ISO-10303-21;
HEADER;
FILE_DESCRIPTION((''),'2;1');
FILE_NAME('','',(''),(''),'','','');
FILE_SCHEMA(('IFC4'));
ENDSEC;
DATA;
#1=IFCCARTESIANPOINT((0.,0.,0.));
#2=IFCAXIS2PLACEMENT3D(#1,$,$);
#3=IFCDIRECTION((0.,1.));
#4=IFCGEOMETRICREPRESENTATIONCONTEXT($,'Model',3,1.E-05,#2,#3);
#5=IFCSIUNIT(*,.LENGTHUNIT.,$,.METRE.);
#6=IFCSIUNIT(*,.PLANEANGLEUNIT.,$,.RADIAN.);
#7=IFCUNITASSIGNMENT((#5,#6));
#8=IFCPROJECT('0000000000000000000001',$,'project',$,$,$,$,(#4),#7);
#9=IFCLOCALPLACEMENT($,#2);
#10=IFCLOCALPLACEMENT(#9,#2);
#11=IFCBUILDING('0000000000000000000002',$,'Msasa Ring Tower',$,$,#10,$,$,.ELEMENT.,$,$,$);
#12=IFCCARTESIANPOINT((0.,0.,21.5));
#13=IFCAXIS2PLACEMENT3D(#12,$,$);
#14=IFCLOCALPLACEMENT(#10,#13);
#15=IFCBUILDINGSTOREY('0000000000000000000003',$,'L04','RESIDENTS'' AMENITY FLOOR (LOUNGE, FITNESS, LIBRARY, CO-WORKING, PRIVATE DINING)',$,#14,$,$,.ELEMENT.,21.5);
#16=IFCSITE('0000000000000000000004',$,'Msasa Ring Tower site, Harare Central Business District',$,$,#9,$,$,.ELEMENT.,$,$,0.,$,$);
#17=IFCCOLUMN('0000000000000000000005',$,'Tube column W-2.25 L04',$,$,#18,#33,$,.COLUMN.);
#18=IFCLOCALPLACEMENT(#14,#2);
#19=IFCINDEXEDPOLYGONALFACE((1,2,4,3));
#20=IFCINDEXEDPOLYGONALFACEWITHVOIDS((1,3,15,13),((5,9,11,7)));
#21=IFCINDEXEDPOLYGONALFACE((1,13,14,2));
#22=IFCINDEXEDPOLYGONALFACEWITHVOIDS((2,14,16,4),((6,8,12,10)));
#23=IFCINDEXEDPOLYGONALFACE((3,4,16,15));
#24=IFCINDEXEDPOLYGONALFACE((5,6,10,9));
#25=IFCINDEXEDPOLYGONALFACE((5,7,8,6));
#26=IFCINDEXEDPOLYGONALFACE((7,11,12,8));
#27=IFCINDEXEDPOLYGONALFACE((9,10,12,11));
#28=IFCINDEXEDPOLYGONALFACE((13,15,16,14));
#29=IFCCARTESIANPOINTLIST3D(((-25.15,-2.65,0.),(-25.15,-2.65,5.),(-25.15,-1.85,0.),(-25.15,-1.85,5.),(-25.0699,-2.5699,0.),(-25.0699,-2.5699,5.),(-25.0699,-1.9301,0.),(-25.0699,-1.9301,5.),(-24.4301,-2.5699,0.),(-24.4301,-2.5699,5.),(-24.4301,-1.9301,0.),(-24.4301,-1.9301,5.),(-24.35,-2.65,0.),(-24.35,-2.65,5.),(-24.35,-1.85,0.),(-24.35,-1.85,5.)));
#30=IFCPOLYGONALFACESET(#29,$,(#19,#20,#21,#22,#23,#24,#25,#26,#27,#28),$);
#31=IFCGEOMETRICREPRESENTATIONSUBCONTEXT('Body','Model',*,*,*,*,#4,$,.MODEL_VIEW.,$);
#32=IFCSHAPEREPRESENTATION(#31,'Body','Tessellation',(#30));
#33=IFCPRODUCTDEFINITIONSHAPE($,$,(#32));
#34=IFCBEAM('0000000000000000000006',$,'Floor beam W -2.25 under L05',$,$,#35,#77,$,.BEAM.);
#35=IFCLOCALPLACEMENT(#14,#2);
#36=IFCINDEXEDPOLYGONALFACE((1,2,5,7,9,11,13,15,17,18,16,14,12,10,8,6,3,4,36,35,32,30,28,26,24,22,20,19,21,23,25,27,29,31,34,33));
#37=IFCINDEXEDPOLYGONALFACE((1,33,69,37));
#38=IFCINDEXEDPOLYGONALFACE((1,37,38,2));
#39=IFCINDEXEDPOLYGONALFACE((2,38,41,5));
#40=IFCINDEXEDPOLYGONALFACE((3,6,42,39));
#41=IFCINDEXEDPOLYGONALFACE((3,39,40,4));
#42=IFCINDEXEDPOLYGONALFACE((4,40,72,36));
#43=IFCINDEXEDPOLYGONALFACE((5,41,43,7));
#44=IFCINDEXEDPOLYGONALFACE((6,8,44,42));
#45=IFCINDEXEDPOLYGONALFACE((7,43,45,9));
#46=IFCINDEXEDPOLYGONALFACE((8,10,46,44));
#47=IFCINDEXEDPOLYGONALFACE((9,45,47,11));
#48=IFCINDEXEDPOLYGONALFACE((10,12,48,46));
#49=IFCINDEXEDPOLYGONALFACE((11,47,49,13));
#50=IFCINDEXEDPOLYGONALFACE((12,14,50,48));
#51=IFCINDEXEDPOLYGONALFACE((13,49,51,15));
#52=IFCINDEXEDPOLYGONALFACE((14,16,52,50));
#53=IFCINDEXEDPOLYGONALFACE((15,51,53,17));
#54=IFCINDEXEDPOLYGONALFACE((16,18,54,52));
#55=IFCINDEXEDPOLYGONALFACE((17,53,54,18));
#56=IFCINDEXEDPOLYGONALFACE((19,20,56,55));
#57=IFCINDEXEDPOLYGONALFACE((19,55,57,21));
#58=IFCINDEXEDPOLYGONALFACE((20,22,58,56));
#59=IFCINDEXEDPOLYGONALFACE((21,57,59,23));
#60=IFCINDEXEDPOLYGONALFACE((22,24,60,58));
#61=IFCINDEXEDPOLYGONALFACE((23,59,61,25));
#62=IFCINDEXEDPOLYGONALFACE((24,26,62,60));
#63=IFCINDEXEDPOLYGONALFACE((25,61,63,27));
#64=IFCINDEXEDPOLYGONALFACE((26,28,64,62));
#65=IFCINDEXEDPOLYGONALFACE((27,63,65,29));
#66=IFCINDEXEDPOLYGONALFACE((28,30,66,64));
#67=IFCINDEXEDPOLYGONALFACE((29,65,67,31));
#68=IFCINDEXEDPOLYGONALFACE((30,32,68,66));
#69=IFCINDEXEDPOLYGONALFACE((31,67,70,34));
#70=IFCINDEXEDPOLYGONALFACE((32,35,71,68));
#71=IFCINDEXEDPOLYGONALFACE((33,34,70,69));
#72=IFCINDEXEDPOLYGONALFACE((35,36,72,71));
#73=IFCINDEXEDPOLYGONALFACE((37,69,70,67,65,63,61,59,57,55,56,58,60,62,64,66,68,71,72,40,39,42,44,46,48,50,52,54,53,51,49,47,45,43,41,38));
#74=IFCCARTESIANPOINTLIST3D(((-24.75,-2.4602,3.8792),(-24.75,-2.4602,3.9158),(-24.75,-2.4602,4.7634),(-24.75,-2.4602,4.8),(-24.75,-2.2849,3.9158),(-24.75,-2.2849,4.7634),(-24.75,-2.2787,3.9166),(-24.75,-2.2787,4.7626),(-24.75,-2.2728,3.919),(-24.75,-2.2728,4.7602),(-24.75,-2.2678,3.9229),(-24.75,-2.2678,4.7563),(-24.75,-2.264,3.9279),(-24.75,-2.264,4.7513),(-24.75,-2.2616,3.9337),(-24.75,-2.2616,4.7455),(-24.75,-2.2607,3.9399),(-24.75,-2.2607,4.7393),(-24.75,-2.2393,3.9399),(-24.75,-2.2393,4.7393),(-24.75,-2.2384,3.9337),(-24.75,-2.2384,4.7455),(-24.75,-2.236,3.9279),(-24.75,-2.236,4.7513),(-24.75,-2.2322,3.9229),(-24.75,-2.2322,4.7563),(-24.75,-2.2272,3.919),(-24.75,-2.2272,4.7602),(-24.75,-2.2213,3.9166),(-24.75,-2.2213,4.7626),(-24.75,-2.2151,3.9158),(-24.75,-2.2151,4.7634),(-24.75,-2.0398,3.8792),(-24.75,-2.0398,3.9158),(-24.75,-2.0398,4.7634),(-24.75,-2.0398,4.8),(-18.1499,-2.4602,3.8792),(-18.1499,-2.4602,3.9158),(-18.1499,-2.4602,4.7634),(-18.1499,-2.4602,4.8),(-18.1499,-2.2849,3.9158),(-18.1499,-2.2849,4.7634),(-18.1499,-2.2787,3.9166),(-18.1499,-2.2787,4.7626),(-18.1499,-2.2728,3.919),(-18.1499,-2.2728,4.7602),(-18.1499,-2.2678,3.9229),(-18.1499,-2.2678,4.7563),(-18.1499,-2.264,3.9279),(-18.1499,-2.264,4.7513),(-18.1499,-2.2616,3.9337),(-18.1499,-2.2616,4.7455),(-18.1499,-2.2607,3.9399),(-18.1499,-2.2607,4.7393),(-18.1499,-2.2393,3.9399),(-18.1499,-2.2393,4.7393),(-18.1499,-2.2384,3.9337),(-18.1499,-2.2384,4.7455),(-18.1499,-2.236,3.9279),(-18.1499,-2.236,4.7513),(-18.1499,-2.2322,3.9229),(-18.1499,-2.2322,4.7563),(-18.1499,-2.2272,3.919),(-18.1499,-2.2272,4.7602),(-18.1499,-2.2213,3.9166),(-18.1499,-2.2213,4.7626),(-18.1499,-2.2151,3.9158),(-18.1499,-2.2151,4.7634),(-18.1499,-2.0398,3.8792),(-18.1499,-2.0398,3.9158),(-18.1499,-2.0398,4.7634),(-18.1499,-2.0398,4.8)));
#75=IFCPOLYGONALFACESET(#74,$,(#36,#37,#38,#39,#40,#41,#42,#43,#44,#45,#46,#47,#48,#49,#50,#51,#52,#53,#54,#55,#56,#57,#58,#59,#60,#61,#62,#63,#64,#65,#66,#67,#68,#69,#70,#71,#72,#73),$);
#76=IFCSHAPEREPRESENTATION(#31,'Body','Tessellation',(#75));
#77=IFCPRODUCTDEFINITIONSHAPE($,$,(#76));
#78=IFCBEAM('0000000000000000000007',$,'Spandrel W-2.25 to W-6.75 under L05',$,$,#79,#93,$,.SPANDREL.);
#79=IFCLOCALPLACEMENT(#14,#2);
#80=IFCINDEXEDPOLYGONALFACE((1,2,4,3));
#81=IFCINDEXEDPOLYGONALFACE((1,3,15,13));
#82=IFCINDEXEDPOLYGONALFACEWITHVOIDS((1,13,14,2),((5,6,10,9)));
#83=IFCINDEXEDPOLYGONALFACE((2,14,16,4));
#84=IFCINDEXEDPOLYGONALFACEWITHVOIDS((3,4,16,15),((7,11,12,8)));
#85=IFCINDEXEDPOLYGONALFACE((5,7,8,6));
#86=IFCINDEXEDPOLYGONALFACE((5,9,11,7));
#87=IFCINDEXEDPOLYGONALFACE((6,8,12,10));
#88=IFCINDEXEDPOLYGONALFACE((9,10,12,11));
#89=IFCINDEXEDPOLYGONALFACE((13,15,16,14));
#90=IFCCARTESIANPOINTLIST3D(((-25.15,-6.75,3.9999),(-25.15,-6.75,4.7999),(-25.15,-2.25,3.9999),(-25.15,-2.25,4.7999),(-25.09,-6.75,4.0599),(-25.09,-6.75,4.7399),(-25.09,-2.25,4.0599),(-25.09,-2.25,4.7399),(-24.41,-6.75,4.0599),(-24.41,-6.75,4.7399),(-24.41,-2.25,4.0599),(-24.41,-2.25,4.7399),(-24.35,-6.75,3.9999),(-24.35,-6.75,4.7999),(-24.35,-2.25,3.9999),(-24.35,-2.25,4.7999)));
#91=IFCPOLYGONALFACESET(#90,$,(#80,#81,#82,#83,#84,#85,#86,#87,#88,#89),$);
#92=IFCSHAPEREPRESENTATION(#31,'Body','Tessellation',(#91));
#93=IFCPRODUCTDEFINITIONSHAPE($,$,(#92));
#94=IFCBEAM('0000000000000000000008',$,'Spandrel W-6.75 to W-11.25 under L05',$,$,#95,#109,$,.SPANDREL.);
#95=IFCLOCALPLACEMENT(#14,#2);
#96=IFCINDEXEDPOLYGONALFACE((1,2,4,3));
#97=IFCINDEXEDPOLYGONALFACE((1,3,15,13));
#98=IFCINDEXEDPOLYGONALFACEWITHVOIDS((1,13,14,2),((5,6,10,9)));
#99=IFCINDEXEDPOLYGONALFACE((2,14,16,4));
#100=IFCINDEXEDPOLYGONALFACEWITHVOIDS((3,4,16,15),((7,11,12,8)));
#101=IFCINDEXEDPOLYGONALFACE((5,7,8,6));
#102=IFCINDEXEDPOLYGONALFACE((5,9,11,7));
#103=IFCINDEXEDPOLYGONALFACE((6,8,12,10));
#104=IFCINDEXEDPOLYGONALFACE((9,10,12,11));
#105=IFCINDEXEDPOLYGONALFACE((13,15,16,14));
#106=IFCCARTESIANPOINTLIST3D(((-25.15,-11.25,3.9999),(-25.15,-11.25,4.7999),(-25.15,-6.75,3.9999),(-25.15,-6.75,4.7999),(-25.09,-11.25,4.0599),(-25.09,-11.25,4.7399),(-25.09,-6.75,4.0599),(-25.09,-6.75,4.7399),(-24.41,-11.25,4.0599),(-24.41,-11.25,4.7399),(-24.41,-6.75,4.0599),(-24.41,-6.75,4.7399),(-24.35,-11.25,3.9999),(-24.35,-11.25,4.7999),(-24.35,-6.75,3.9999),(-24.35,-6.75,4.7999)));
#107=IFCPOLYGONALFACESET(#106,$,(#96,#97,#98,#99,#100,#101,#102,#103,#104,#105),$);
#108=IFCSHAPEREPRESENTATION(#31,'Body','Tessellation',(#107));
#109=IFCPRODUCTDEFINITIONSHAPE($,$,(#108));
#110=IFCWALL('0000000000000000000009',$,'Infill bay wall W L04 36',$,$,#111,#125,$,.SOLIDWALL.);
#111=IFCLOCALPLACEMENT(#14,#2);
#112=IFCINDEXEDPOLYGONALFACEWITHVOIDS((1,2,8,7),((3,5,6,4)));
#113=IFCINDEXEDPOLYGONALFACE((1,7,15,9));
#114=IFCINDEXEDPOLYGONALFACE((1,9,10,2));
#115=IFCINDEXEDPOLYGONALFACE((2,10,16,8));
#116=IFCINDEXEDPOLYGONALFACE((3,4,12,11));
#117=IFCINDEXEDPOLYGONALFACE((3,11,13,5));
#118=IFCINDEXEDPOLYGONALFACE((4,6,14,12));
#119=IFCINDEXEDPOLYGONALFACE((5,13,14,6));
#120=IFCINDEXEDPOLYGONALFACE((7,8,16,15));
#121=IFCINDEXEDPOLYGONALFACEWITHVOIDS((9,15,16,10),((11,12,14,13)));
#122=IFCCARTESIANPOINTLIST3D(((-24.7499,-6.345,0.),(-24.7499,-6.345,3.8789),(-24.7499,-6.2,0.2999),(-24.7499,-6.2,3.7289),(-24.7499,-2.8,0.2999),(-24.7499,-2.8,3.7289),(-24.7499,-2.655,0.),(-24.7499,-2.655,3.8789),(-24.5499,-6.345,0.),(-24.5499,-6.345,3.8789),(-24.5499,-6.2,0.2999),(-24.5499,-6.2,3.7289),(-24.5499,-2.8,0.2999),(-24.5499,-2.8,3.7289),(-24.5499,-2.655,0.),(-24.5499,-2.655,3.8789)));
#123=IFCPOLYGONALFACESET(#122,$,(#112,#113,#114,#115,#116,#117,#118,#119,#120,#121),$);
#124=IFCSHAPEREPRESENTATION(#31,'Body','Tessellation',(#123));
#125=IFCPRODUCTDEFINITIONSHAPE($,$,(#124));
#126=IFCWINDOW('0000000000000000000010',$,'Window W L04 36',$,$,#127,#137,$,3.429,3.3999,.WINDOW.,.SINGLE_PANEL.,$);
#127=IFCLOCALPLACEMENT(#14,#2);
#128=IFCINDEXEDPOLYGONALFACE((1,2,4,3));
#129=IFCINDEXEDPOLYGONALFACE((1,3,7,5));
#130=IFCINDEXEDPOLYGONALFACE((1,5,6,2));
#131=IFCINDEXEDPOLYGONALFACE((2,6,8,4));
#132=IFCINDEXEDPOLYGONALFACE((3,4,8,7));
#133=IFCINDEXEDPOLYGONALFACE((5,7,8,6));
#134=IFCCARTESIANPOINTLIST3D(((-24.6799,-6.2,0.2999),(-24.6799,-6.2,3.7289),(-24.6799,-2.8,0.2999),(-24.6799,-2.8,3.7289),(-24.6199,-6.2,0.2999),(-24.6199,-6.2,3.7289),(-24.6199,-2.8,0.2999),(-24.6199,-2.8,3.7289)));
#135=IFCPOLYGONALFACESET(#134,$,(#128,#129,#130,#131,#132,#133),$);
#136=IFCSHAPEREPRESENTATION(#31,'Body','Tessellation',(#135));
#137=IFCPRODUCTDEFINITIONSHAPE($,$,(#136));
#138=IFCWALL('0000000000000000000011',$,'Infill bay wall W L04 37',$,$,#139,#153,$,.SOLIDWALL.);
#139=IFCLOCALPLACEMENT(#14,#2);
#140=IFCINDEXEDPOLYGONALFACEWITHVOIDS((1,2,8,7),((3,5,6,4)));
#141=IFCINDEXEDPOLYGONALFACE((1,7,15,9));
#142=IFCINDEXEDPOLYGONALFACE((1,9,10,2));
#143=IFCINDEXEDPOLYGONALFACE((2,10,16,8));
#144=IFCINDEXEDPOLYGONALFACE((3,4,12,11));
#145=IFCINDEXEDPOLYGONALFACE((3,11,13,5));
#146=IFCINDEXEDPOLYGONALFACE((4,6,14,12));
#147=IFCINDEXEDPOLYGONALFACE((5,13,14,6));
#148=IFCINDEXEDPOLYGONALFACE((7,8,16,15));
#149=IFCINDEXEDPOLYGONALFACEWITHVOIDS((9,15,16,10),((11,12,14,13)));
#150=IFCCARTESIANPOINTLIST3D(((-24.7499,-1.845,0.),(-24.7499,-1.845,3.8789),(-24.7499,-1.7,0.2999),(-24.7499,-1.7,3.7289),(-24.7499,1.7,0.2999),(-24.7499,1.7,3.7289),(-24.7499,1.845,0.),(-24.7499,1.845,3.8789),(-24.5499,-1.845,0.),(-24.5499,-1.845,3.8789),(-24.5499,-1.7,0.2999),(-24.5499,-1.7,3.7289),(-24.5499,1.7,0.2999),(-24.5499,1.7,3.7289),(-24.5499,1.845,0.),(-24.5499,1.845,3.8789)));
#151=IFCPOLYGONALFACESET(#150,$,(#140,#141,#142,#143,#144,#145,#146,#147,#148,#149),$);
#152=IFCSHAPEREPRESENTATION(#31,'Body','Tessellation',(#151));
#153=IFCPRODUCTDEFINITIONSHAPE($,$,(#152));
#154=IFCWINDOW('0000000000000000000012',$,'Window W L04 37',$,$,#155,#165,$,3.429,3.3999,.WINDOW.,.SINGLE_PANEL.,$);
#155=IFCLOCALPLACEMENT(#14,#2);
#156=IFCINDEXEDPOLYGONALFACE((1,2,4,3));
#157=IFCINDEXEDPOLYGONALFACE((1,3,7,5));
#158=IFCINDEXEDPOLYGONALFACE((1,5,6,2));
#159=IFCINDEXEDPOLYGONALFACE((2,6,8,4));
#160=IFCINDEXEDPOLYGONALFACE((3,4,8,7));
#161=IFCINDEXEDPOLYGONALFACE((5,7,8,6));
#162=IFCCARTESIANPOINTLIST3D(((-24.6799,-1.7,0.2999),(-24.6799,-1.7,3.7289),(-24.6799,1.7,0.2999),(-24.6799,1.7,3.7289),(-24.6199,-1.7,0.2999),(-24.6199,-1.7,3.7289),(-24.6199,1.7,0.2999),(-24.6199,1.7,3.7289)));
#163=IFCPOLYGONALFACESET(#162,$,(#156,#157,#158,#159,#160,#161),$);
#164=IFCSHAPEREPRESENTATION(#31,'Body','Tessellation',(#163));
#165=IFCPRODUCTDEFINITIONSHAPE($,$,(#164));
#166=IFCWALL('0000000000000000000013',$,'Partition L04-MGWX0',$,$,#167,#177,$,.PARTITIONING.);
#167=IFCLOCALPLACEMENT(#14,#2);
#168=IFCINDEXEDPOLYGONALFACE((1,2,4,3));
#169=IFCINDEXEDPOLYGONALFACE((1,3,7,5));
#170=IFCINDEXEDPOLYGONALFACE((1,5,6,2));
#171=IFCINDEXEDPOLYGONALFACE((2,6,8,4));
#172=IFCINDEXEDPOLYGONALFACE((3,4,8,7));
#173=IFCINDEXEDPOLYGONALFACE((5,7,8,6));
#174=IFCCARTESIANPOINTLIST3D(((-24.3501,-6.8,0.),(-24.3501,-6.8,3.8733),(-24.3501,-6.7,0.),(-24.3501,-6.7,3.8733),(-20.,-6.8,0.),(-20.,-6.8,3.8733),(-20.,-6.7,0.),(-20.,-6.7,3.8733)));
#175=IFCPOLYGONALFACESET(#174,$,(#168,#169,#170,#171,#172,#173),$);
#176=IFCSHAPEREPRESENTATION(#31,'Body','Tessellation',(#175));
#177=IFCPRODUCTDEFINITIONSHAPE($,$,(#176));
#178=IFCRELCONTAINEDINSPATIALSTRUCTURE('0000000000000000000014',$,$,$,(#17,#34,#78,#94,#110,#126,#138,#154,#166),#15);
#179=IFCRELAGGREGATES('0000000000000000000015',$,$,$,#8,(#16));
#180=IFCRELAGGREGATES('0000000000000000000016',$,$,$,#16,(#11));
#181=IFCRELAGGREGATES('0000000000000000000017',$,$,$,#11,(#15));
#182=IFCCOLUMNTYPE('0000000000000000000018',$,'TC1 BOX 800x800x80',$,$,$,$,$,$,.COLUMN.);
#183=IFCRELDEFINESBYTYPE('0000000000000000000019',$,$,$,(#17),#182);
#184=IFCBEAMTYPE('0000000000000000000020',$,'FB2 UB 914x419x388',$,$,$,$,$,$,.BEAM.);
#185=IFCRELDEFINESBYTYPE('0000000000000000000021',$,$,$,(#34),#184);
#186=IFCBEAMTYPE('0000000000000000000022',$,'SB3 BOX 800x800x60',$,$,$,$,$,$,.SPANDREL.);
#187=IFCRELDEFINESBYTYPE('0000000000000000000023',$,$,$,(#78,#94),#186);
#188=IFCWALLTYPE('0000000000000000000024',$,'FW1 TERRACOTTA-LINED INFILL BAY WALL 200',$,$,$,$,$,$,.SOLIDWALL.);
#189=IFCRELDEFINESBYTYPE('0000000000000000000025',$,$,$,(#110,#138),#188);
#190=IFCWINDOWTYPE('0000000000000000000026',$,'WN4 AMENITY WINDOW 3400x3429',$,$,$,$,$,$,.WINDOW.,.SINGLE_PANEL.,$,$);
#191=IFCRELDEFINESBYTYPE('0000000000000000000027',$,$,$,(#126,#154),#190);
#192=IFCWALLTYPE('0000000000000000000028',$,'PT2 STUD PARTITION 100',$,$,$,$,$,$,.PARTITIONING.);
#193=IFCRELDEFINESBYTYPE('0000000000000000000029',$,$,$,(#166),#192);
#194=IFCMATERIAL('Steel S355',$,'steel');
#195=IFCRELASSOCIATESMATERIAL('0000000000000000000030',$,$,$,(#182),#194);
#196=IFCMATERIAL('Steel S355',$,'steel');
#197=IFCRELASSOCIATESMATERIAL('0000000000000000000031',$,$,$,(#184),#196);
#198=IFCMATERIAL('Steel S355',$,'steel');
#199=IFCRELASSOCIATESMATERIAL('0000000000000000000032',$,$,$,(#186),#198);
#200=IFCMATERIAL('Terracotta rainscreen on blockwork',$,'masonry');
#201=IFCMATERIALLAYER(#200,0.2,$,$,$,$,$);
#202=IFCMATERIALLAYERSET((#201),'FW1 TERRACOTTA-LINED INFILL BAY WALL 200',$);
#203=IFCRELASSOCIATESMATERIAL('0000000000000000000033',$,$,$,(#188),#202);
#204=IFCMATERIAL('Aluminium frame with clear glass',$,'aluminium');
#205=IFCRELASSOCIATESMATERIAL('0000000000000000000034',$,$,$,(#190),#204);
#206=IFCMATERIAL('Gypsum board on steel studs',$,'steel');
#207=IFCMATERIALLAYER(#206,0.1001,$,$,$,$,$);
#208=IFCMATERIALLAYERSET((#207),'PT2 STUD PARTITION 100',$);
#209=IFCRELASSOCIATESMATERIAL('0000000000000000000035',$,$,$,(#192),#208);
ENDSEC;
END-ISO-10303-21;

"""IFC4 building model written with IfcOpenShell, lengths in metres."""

from ifc_helpers import new_model, si_unit, direction, frame, frame_2d, origin, origin_2d, place, context, subcontext, project, spatial, rectangle, hollow_rectangle, i_section, extrude, material, layer, layer_set, material_profile, profile_set, type_object, element, fill, save


model = new_model("IFC4")

# Units and contexts
model_context = context("Model", 3, precision=1e-05, world=origin(), true_north=direction((0.0, 1.0)))
body_context = subcontext(model_context, "Body", "Model", "MODEL_VIEW")
ifc_project = project(units=[si_unit("LENGTHUNIT", "METRE"), si_unit("PLANEANGLEUNIT", "RADIAN")], contexts=[model_context])

# Site, building, storey
site_placement = place(None, origin())
site = spatial("IfcSite", under=ifc_project, at=site_placement, Name="Msasa Ring Tower site, Harare Central Business District", CompositionType="ELEMENT", RefElevation=0.0)
building_placement = place(site_placement, origin())
building = spatial("IfcBuilding", under=site, at=building_placement, Name="Msasa Ring Tower", CompositionType="ELEMENT")
storey_placement = place(building_placement, frame((0.0, 0.0, 21.5)))
storey = spatial("IfcBuildingStorey", under=building, at=storey_placement, Name="L04", Description="RESIDENTS' AMENITY FLOOR (LOUNGE, FITNESS, LIBRARY, CO-WORKING, PRIVATE DINING)", CompositionType="ELEMENT", Elevation=21.5)

# Column
ifc_material_1 = material(Name="Steel S355", Category="steel")
ifc_material_profile_1 = material_profile(ifc_material_1, hollow_rectangle(XDim=0.8, YDim=0.8, WallThickness=0.0801, at=origin_2d()), Name="BOX 800x800x80")
ifc_profile_set_1 = profile_set([ifc_material_profile_1], Name="Steel S355")
column_type = type_object("IfcColumnType", Name="TC1 BOX 800x800x80", PredefinedType="COLUMN", material=ifc_profile_set_1)
column_placement = place(storey_placement, frame((-24.75, -2.25, 0.0), z_axis=(0.0, 0.0, 1.0), x_axis=(1.0, 0.0, 0.0)))
element("IfcColumn", 1, at=column_placement, inside=storey, type_object=column_type, Name="Tube column W-2.25 L04", PredefinedType="COLUMN", context=body_context, shape_type="SweptSolid", body=[
    extrude(hollow_rectangle(XDim=0.8, YDim=0.8, WallThickness=0.0801, at=origin_2d()), origin(), (0.0, 0.0, 1.0), 5.0),
])

# Beams
ifc_material_2 = material(Name="Steel S355", Category="steel")
ifc_material_profile_2 = material_profile(ifc_material_2, i_section(OverallWidth=0.4204, OverallDepth=0.9209, WebThickness=0.0215, FlangeThickness=0.0366, FilletRadius=0.0242, at=origin_2d()), Name="UB 914x419x388")
ifc_profile_set_2 = profile_set([ifc_material_profile_2], Name="Steel S355")
beam_type_1 = type_object("IfcBeamType", Name="FB2 UB 914x419x388", PredefinedType="BEAM", material=ifc_profile_set_2)
beam_placement = place(storey_placement, frame((-24.75, -2.25, 4.3396), z_axis=(1.0, 0.0, 0.0), x_axis=(0.0, 1.0, 0.0)))
element("IfcBeam", 2, at=beam_placement, inside=storey, type_object=beam_type_1, Name="Floor beam W -2.25 under L05", PredefinedType="BEAM", context=body_context, shape_type="SweptSolid", body=[
    extrude(i_section(OverallWidth=0.4204, OverallDepth=0.9209, WebThickness=0.0215, FlangeThickness=0.0366, FilletRadius=0.0242, at=origin_2d()), origin(), (0.0, 0.0, 1.0), 6.6001),
])
ifc_material_3 = material(Name="Steel S355", Category="steel")
ifc_material_profile_3 = material_profile(ifc_material_3, hollow_rectangle(XDim=0.8, YDim=0.8, WallThickness=0.0601, at=origin_2d()), Name="BOX 800x800x60")
ifc_profile_set_3 = profile_set([ifc_material_profile_3], Name="Steel S355")
beam_type_2 = type_object("IfcBeamType", Name="SB3 BOX 800x800x60", PredefinedType="SPANDREL", material=ifc_profile_set_3)
for number, where, z_axis, x_axis, name in (
    (3, (-24.75, -2.25, 4.3999), (0.0, -1.0, 0.0), (1.0, 0.0, 0.0), "Spandrel W-2.25 to W-6.75 under L05"),
    (4, (-24.75, -6.75, 4.3999), (0.0, -1.0, 0.0), (1.0, 0.0, 0.0), "Spandrel W-6.75 to W-11.25 under L05"),
):
    element("IfcBeam", number, at=place(storey_placement, frame(where, z_axis=z_axis, x_axis=x_axis)), inside=storey, type_object=beam_type_2, Name=name, PredefinedType="SPANDREL", context=body_context, shape_type="SweptSolid", body=[
        extrude(hollow_rectangle(XDim=0.8, YDim=0.8, WallThickness=0.0601, at=origin_2d()), origin(), (0.0, 0.0, 1.0), 4.5),
    ])

# Walls, openings, windows
ifc_material_4 = material(Name="Terracotta rainscreen on blockwork", Category="masonry")
ifc_layer_1 = layer(ifc_material_4, 0.2)
ifc_layer_set_1 = layer_set([ifc_layer_1], Name="FW1 TERRACOTTA-LINED INFILL BAY WALL 200")
wall_type_1 = type_object("IfcWallType", Name="FW1 TERRACOTTA-LINED INFILL BAY WALL 200", PredefinedType="SOLIDWALL", material=ifc_layer_set_1)
wall_1_placement = place(storey_placement, frame((-24.6499, -6.345, 0.0), z_axis=(0.0, 0.0, 1.0), x_axis=(0.0, 1.0, 0.0)))
wall_1 = element("IfcWall", 5, at=wall_1_placement, inside=storey, type_object=wall_type_1, Name="Infill bay wall W L04 36", PredefinedType="SOLIDWALL", context=body_context, shape_type="SweptSolid", body=[
    extrude(rectangle(XDim=3.6899, YDim=0.2, at=frame_2d((1.845, 0.0))), origin(), (0.0, 0.0, 1.0), 3.8789),
])
opening_1_placement = place(wall_1_placement, frame((0.145, 0.0, 0.3)))
opening_1 = element("IfcOpeningElement", 6, at=opening_1_placement, cuts=wall_1, PredefinedType="OPENING", context=body_context, shape_type="SweptSolid", body=[
    extrude(rectangle(XDim=3.3999, YDim=3.429, at=frame_2d((1.7, 1.7144))), frame((0.0, 0.1099, 0.0), z_axis=(0.0, -1.0, 0.0), x_axis=(1.0, 0.0, 0.0)), (0.0, 0.0, 1.0), 0.22),
])
ifc_material_5 = material(Name="Aluminium frame with clear glass", Category="aluminium")
window_type = type_object("IfcWindowType", Name="WN4 AMENITY WINDOW 3400x3429", PartitioningType="SINGLE_PANEL", PredefinedType="WINDOW", material=ifc_material_5)
window_1_placement = place(opening_1_placement, origin())
window_1 = element("IfcWindow", 7, at=window_1_placement, inside=storey, type_object=window_type, Name="Window W L04 36", OverallHeight=3.429, OverallWidth=3.3999, PartitioningType="SINGLE_PANEL", PredefinedType="WINDOW", context=body_context, shape_type="SweptSolid", body=[
    extrude(rectangle(XDim=3.3999, YDim=3.429, at=frame_2d((1.7, 1.7144))), frame((0.0, 0.03, 0.0), z_axis=(0.0, -1.0, 0.0), x_axis=(1.0, 0.0, 0.0)), (0.0, 0.0, 1.0), 0.0601),
])
fill(opening_1, window_1)
wall_2_placement = place(storey_placement, frame((-24.6499, -1.845, 0.0), z_axis=(0.0, 0.0, 1.0), x_axis=(0.0, 1.0, 0.0)))
wall_2 = element("IfcWall", 8, at=wall_2_placement, inside=storey, type_object=wall_type_1, Name="Infill bay wall W L04 37", PredefinedType="SOLIDWALL", context=body_context, shape_type="SweptSolid", body=[
    extrude(rectangle(XDim=3.6899, YDim=0.2, at=frame_2d((1.845, 0.0))), origin(), (0.0, 0.0, 1.0), 3.8789),
])
opening_2_placement = place(wall_2_placement, frame((0.145, 0.0, 0.3)))
opening_2 = element("IfcOpeningElement", 9, at=opening_2_placement, cuts=wall_2, PredefinedType="OPENING", context=body_context, shape_type="SweptSolid", body=[
    extrude(rectangle(XDim=3.3999, YDim=3.429, at=frame_2d((1.7, 1.7144))), frame((0.0, 0.1099, 0.0), z_axis=(0.0, -1.0, 0.0), x_axis=(1.0, 0.0, 0.0)), (0.0, 0.0, 1.0), 0.22),
])
window_2_placement = place(opening_2_placement, origin())
window_2 = element("IfcWindow", 10, at=window_2_placement, inside=storey, type_object=window_type, Name="Window W L04 37", OverallHeight=3.429, OverallWidth=3.3999, PartitioningType="SINGLE_PANEL", PredefinedType="WINDOW", context=body_context, shape_type="SweptSolid", body=[
    extrude(rectangle(XDim=3.3999, YDim=3.429, at=frame_2d((1.7, 1.7144))), frame((0.0, 0.03, 0.0), z_axis=(0.0, -1.0, 0.0), x_axis=(1.0, 0.0, 0.0)), (0.0, 0.0, 1.0), 0.0601),
])
fill(opening_2, window_2)

# Wall
ifc_material_6 = material(Name="Gypsum board on steel studs", Category="steel")
ifc_layer_2 = layer(ifc_material_6, 0.1001)
ifc_layer_set_2 = layer_set([ifc_layer_2], Name="PT2 STUD PARTITION 100")
wall_type_2 = type_object("IfcWallType", Name="PT2 STUD PARTITION 100", PredefinedType="PARTITIONING", material=ifc_layer_set_2)
wall_3_placement = place(storey_placement, frame((-24.3501, -6.75, 0.0), z_axis=(0.0, 0.0, 1.0), x_axis=(1.0, 0.0, 0.0)))
element("IfcWall", 11, at=wall_3_placement, inside=storey, type_object=wall_type_2, Name="Partition L04-MGWX0", PredefinedType="PARTITIONING", context=body_context, shape_type="SweptSolid", body=[
    extrude(rectangle(XDim=4.3501, YDim=0.1001, at=frame_2d((2.175, 0.0))), origin(), (0.0, 0.0, 1.0), 3.8733),
])

save(model, "model.ifc")
